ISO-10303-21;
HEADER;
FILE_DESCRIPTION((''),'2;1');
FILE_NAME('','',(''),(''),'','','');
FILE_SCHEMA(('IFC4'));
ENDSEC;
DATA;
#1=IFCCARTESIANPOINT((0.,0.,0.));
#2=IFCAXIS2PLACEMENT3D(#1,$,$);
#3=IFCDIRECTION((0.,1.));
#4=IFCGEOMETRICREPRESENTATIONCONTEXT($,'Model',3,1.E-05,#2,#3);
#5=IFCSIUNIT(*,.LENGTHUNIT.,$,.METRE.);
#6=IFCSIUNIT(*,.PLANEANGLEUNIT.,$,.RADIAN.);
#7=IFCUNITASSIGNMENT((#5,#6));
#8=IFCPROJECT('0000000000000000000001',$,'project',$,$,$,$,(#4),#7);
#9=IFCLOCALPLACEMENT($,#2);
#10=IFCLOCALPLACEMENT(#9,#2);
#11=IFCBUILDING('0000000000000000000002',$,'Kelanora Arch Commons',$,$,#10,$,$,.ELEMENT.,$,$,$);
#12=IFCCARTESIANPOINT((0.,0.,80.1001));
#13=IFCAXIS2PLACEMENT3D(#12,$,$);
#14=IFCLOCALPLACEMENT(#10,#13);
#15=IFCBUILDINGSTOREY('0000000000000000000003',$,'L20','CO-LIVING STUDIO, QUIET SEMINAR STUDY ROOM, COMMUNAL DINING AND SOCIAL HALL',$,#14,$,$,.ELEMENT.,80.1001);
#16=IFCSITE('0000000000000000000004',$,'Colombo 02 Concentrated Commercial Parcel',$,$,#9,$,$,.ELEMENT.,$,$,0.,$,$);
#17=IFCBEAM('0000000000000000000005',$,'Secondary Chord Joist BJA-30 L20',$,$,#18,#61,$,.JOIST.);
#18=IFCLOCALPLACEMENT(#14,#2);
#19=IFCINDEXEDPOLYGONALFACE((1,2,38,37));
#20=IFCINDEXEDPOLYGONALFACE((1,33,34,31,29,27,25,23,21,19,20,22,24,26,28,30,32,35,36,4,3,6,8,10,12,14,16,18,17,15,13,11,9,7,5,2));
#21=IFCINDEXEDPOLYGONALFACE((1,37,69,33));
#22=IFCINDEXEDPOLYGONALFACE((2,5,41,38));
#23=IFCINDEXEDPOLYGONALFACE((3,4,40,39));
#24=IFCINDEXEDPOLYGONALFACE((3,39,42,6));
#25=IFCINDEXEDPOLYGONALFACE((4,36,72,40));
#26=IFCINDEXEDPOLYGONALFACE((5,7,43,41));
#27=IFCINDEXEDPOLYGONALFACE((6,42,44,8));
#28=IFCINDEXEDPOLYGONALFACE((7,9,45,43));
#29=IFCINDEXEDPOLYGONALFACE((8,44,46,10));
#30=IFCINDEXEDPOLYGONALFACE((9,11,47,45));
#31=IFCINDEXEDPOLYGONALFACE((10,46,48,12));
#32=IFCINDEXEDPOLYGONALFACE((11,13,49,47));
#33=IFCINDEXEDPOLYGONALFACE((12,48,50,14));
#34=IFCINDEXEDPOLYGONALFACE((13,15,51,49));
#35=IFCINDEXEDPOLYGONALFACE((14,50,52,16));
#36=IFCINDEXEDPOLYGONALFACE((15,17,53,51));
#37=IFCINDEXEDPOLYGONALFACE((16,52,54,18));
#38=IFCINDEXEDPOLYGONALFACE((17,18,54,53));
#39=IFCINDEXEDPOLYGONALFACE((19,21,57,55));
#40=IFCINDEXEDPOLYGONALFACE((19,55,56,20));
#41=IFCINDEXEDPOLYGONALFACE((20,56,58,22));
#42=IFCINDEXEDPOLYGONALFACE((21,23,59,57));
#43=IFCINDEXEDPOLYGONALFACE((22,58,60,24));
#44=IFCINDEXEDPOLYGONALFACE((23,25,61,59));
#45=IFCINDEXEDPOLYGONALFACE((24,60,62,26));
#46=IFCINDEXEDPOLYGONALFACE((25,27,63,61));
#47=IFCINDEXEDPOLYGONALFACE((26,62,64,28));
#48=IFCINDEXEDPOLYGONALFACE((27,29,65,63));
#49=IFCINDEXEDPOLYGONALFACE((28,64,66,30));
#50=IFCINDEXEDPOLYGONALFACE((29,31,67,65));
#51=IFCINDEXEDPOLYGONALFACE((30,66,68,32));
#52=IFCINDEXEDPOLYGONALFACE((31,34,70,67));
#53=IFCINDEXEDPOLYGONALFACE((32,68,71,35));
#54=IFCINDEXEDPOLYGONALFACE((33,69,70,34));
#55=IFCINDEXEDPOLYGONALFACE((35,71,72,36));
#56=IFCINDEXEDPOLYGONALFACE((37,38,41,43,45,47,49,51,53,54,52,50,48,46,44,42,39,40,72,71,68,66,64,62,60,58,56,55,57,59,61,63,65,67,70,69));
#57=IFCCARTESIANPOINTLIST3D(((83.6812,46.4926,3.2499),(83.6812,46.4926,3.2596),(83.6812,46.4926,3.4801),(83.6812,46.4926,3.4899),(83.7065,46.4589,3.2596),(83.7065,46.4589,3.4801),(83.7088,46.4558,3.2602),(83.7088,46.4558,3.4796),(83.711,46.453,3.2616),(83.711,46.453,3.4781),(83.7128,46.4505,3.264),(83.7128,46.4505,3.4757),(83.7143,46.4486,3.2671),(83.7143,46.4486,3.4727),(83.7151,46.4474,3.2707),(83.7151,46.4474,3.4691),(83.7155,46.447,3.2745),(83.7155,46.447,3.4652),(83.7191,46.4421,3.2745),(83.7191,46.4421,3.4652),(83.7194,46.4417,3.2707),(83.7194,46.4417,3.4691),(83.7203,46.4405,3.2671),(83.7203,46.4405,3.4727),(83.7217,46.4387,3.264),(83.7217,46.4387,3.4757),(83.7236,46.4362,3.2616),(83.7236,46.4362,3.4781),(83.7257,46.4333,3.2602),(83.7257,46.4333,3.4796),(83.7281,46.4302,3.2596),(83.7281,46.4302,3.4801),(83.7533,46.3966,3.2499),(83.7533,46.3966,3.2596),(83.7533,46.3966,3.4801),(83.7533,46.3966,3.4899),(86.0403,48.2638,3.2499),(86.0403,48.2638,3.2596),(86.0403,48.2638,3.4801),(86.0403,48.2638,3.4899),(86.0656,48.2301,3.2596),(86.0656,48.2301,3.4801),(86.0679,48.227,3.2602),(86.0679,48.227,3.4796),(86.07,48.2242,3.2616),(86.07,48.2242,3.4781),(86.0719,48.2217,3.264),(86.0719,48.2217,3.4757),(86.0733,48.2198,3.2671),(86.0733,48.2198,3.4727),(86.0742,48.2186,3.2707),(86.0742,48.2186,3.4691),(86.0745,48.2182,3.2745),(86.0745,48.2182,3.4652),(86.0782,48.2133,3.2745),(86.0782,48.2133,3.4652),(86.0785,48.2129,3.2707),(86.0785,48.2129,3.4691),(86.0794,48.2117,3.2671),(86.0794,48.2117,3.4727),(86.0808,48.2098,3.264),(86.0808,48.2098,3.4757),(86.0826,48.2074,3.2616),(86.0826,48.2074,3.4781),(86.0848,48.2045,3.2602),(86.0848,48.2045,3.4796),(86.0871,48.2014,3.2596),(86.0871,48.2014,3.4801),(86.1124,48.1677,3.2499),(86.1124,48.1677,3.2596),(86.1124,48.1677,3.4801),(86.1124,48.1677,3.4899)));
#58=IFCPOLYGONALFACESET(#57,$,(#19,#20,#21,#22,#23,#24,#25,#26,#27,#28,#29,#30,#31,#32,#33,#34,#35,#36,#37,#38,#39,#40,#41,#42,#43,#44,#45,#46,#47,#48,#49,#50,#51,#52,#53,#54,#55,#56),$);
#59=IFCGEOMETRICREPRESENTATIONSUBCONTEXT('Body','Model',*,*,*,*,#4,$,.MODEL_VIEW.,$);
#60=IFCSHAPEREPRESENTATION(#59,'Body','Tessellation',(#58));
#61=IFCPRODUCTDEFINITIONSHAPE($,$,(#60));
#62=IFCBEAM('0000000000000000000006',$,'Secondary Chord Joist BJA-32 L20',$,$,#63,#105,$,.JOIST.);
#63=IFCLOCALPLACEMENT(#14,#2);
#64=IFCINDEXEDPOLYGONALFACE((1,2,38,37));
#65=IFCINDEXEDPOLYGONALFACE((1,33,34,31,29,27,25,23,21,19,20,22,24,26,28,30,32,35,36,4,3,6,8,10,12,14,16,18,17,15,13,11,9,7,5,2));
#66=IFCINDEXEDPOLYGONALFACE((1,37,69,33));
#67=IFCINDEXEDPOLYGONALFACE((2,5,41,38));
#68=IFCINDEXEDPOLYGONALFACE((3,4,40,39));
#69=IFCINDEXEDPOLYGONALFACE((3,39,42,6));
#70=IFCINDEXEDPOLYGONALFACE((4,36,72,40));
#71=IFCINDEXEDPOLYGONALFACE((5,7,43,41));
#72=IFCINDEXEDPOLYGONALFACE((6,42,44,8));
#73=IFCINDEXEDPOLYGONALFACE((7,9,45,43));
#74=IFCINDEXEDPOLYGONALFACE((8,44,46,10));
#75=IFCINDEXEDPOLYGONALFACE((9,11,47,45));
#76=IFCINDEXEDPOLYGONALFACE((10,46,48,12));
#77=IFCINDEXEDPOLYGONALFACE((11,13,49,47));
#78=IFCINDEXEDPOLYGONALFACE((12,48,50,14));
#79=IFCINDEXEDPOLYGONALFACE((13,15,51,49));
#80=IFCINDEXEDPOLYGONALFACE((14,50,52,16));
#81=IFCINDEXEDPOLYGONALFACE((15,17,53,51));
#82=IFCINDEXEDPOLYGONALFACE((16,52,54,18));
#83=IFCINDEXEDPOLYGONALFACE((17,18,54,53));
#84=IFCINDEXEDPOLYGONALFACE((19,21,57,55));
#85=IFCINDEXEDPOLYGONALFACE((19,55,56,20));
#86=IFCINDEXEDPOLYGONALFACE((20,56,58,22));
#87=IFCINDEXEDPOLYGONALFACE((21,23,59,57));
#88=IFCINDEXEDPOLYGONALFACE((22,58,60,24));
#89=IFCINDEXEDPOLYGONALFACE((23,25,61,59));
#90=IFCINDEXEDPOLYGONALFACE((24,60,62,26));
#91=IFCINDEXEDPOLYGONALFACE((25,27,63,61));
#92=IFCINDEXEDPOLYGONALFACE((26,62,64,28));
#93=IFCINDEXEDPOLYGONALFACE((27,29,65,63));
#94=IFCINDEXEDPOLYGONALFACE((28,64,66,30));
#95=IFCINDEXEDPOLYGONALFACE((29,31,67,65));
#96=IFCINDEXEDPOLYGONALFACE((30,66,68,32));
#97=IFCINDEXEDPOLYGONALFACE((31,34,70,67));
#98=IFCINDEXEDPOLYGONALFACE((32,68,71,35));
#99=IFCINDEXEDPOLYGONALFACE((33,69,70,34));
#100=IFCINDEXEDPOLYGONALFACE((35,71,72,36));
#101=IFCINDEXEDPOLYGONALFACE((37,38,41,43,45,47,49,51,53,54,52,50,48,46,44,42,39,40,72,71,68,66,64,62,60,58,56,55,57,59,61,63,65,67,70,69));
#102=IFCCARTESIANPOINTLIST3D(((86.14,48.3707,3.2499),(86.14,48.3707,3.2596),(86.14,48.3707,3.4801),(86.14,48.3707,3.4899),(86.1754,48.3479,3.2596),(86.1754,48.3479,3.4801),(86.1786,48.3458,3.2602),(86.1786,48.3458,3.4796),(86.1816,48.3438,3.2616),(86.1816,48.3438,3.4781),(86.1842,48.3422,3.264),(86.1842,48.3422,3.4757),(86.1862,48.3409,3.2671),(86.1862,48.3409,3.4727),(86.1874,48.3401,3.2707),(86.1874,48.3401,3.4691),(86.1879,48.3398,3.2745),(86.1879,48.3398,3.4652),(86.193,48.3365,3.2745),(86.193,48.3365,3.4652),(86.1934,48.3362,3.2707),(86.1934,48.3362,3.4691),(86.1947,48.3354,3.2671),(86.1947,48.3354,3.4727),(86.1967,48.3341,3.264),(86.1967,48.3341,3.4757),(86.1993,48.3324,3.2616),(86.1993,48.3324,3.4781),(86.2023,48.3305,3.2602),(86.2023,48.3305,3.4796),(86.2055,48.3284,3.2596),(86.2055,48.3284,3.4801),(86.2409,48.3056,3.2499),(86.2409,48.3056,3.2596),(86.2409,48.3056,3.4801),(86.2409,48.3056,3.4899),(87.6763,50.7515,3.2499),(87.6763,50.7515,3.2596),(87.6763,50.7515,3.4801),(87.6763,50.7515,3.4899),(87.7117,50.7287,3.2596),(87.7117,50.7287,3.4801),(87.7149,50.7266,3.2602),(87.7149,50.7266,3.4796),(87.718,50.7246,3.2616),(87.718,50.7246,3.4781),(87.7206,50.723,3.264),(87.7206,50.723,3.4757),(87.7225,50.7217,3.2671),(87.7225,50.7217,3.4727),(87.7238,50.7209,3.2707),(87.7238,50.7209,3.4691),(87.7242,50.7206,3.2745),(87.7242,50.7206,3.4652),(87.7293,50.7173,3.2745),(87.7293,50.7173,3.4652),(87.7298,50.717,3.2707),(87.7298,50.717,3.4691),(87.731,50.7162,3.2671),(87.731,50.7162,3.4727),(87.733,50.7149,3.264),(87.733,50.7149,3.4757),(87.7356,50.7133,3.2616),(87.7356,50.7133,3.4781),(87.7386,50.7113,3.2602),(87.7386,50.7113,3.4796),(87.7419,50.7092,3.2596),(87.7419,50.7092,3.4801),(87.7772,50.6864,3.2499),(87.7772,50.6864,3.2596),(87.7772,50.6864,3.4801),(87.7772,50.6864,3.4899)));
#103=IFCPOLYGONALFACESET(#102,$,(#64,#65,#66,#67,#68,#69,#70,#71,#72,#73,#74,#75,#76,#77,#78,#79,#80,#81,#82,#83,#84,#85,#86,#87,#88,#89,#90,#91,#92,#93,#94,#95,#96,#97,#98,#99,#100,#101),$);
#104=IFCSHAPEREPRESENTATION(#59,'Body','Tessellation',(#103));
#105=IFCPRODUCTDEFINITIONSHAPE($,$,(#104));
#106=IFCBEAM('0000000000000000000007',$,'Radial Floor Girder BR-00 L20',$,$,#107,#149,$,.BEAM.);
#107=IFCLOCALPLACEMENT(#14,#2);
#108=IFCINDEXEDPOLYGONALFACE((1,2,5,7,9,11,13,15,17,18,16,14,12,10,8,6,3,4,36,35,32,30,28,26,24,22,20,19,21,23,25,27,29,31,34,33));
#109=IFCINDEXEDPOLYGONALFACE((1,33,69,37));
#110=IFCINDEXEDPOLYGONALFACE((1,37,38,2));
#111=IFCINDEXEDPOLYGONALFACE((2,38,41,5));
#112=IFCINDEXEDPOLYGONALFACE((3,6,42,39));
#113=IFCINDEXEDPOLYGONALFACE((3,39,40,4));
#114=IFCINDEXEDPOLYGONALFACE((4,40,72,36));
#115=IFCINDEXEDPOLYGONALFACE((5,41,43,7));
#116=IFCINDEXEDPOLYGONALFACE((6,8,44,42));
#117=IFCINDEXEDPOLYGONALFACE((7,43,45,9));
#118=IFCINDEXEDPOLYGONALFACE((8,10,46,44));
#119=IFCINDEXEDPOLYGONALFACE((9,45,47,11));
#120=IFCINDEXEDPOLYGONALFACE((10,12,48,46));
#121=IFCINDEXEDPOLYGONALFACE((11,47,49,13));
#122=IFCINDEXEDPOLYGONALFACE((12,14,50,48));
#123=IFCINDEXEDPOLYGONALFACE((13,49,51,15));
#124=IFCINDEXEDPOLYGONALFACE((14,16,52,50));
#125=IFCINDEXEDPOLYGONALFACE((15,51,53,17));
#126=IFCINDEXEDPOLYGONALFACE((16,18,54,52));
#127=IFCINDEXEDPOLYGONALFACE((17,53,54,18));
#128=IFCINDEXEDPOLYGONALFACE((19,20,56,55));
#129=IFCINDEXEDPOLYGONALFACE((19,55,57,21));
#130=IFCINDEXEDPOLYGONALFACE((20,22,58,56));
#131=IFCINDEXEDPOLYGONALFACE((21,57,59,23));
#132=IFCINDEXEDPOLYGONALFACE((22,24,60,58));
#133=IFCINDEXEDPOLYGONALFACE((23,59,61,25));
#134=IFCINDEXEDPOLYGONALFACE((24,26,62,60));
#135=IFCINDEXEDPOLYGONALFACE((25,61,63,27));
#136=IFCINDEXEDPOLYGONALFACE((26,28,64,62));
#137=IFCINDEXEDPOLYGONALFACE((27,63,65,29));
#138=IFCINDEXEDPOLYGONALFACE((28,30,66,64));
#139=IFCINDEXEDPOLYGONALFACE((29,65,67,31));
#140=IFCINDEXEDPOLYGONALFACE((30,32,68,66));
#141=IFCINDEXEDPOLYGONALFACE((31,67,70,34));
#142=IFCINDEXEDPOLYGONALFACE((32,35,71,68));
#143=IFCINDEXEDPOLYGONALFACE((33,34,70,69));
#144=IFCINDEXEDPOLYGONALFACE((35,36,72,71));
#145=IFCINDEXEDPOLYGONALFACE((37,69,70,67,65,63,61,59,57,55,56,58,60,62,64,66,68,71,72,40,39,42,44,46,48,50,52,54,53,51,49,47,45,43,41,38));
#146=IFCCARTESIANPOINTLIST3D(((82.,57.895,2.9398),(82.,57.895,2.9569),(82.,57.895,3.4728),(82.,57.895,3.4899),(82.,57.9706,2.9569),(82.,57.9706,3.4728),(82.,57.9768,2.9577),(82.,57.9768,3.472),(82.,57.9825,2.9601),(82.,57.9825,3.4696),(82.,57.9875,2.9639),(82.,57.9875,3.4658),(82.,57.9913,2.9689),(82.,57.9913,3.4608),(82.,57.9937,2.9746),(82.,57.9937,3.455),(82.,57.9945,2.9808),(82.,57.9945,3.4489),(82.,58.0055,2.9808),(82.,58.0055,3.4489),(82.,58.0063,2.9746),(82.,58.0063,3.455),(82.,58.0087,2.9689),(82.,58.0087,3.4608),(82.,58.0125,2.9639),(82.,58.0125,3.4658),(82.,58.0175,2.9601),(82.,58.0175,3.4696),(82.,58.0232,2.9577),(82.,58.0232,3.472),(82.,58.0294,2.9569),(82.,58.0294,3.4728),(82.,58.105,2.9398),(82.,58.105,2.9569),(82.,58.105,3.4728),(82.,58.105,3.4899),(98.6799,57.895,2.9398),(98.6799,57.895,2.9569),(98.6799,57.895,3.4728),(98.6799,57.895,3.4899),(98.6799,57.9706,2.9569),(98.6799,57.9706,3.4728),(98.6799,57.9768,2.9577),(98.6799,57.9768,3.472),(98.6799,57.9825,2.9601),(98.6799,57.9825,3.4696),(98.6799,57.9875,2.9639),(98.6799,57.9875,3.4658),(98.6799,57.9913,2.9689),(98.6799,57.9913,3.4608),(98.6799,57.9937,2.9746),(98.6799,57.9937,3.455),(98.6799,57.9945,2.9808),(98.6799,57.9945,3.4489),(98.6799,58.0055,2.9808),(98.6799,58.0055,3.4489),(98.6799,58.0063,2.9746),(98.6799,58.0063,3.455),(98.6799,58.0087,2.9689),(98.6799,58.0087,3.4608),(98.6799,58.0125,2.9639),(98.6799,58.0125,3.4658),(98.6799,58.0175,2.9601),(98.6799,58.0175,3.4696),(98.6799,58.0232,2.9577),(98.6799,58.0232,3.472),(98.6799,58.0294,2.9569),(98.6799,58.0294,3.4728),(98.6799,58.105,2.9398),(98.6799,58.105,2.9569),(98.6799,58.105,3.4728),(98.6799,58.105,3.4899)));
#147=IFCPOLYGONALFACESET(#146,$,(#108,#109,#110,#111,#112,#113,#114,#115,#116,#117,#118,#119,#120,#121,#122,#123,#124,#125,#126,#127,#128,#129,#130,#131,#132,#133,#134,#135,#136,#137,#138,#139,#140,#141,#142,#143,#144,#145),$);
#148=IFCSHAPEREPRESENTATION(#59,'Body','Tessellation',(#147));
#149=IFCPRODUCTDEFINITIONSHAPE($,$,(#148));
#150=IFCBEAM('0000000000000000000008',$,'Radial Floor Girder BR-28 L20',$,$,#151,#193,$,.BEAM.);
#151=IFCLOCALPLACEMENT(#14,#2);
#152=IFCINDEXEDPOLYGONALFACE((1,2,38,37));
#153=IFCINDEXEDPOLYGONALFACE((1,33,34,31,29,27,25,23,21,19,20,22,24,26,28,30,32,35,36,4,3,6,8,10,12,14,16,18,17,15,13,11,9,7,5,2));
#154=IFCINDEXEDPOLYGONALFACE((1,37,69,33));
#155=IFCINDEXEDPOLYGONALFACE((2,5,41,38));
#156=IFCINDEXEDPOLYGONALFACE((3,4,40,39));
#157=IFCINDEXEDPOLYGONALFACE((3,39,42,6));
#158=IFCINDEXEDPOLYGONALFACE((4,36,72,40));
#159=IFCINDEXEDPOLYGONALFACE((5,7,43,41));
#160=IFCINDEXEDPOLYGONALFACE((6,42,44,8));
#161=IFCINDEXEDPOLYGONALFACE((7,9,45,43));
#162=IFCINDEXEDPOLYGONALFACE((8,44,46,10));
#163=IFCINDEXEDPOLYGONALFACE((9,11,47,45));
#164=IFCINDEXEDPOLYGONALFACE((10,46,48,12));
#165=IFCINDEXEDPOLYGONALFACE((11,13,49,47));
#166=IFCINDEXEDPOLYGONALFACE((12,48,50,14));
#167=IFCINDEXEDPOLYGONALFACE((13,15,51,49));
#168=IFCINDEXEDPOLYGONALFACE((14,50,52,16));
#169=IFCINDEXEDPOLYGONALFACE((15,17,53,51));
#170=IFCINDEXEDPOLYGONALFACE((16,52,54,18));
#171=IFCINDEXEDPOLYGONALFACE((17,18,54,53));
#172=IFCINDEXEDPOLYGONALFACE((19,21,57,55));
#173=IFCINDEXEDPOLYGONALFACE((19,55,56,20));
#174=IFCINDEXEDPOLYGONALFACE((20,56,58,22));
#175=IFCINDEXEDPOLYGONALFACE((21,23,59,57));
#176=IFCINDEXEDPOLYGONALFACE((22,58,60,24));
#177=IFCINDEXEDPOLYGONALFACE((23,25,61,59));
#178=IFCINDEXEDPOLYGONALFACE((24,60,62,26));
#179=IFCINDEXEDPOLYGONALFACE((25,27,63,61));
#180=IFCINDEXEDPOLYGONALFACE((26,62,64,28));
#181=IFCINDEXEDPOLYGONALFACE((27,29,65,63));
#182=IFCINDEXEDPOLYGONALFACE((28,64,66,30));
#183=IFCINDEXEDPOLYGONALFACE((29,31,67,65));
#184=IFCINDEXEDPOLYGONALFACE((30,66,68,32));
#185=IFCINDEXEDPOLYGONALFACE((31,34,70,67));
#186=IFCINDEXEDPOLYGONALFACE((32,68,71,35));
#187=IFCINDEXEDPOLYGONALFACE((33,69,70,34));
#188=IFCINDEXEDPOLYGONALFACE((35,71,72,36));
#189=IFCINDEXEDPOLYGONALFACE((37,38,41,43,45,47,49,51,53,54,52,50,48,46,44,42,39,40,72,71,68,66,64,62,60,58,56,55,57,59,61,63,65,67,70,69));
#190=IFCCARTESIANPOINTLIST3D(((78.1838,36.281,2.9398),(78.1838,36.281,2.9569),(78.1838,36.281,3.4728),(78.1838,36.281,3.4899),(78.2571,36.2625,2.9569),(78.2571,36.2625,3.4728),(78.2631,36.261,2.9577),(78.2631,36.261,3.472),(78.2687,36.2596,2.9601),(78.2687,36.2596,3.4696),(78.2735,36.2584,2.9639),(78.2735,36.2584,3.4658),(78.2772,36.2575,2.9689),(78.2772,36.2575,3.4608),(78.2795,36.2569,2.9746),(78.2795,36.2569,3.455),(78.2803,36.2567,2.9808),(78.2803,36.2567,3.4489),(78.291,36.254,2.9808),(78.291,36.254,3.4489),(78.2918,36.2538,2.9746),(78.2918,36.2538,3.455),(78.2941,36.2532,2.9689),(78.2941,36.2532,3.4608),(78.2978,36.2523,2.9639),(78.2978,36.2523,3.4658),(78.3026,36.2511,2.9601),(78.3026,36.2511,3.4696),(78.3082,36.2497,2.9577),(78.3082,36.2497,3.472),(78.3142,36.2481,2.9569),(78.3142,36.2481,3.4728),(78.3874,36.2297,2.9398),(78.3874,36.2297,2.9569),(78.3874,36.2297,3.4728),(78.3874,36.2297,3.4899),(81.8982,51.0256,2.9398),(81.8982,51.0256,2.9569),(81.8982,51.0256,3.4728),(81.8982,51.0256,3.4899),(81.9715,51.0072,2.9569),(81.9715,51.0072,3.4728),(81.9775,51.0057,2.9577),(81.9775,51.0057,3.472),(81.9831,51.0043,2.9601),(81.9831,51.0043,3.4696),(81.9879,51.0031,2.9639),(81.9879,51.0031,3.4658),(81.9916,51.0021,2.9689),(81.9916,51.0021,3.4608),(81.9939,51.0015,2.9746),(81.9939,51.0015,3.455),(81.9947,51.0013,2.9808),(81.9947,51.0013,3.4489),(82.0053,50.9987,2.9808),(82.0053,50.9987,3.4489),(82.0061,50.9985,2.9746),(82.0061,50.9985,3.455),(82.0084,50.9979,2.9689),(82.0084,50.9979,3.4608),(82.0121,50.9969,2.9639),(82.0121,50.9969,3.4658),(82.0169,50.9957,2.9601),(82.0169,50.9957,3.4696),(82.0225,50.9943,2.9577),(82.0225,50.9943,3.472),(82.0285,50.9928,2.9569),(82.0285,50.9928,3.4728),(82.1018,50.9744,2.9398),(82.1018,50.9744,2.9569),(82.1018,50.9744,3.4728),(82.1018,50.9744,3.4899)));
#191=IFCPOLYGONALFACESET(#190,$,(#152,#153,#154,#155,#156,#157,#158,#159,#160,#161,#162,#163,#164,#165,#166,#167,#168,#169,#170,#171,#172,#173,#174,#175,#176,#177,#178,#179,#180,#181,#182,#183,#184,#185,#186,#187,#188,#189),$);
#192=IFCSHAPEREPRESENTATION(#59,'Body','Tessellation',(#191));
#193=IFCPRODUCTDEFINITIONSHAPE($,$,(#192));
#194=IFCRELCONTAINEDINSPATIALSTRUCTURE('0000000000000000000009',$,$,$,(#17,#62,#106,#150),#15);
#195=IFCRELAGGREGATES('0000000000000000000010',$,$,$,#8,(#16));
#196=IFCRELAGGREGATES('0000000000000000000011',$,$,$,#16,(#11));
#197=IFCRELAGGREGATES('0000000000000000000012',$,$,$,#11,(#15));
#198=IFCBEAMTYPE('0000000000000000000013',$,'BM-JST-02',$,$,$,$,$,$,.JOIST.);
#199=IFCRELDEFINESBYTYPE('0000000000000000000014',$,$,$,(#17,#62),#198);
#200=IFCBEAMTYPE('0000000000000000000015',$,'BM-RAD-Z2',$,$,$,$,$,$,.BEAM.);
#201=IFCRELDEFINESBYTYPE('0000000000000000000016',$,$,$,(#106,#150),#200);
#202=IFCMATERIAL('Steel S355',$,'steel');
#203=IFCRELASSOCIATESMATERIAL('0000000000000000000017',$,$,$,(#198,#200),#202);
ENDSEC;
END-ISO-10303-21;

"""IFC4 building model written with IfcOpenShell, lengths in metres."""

from ifc_helpers import new_model, si_unit, direction, frame, origin, origin_2d, place, context, subcontext, project, spatial, i_section, extrude, material, material_profile, profile_set, type_object, element, save


model = new_model("IFC4")

# Units and contexts
model_context = context("Model", 3, precision=1e-05, world=origin(), true_north=direction((0.0, 1.0)))
body_context = subcontext(model_context, "Body", "Model", "MODEL_VIEW")
ifc_project = project(units=[si_unit("LENGTHUNIT", "METRE"), si_unit("PLANEANGLEUNIT", "RADIAN")], contexts=[model_context])

# Site, building, storey
site_placement = place(None, origin())
site = spatial("IfcSite", under=ifc_project, at=site_placement, Name="Colombo 02 Concentrated Commercial Parcel", CompositionType="ELEMENT", RefElevation=0.0)
building_placement = place(site_placement, origin())
building = spatial("IfcBuilding", under=site, at=building_placement, Name="Kelanora Arch Commons", CompositionType="ELEMENT")
storey_placement = place(building_placement, frame((0.0, 0.0, 80.1001)))
storey = spatial("IfcBuildingStorey", under=building, at=storey_placement, Name="L20", Description="CO-LIVING STUDIO, QUIET SEMINAR STUDY ROOM, COMMUNAL DINING AND SOCIAL HALL", CompositionType="ELEMENT", Elevation=80.1001)

# Beams
ifc_material_1 = material(Name="Steel S355", Category="steel")
ifc_material_profile_1 = material_profile(ifc_material_1, i_section(OverallWidth=0.1201, OverallDepth=0.24, WebThickness=0.0061, FlangeThickness=0.0098, FilletRadius=0.0149, at=origin_2d()), Name="IPE240")
ifc_profile_set_1 = profile_set([ifc_material_profile_1], Name="Steel S355")
beam_type_1 = type_object("IfcBeamType", Name="BM-JST-02", PredefinedType="JOIST", material=ifc_profile_set_1)
beam_1_placement = place(storey_placement, frame((83.7173, 46.4446, 3.3699), z_axis=(0.799692, 0.60041, 0.0), x_axis=(-0.60041, 0.799692, 0.0)))
element("IfcBeam", 1, at=beam_1_placement, inside=storey, type_object=beam_type_1, Name="Secondary Chord Joist BJA-30 L20", PredefinedType="JOIST", context=body_context, shape_type="SweptSolid", body=[
    extrude(i_section(OverallWidth=0.1201, OverallDepth=0.24, WebThickness=0.0061, FlangeThickness=0.0098, FilletRadius=0.0149, at=origin_2d()), origin(), (0.0, 0.0, 1.0), 2.95),
])
beam_2_placement = place(storey_placement, frame((86.1904, 48.3381, 3.3699), z_axis=(0.542211, 0.840242, 0.0), x_axis=(-0.840242, 0.542211, 0.0)))
element("IfcBeam", 2, at=beam_2_placement, inside=storey, type_object=beam_type_1, Name="Secondary Chord Joist BJA-32 L20", PredefinedType="JOIST", context=body_context, shape_type="SweptSolid", body=[
    extrude(i_section(OverallWidth=0.1201, OverallDepth=0.24, WebThickness=0.0061, FlangeThickness=0.0098, FilletRadius=0.0149, at=origin_2d()), origin(), (0.0, 0.0, 1.0), 2.8335),
])
ifc_material_profile_2 = material_profile(ifc_material_1, i_section(OverallWidth=0.21, OverallDepth=0.55, WebThickness=0.011, FlangeThickness=0.0171, FilletRadius=0.0239, at=origin_2d()), Name="IPE550")
ifc_profile_set_2 = profile_set([ifc_material_profile_2], Name="Steel S355")
beam_type_2 = type_object("IfcBeamType", Name="BM-RAD-Z2", PredefinedType="BEAM", material=ifc_profile_set_2)
beam_3_placement = place(storey_placement, frame((82.0, 58.0, 3.2148), z_axis=(1.0, 0.0, 0.0), x_axis=(0.0, 1.0, 0.0)))
element("IfcBeam", 3, at=beam_3_placement, inside=storey, type_object=beam_type_2, Name="Radial Floor Girder BR-00 L20", PredefinedType="BEAM", context=body_context, shape_type="SweptSolid", body=[
    extrude(i_section(OverallWidth=0.21, OverallDepth=0.55, WebThickness=0.011, FlangeThickness=0.0171, FilletRadius=0.0239, at=origin_2d()), origin(), (0.0, 0.0, 1.0), 16.6799),
])
beam_4_placement = place(storey_placement, frame((82.0, 51.0, 3.2148), z_axis=(-0.244281, -0.969705, 0.0), x_axis=(0.969705, -0.244281, 0.0)))
element("IfcBeam", 4, at=beam_4_placement, inside=storey, type_object=beam_type_2, Name="Radial Floor Girder BR-28 L20", PredefinedType="BEAM", context=body_context, shape_type="SweptSolid", body=[
    extrude(i_section(OverallWidth=0.21, OverallDepth=0.55, WebThickness=0.011, FlangeThickness=0.0171, FilletRadius=0.0239, at=origin_2d()), origin(), (0.0, 0.0, 1.0), 15.2053),
])

save(model, "model.ifc")
